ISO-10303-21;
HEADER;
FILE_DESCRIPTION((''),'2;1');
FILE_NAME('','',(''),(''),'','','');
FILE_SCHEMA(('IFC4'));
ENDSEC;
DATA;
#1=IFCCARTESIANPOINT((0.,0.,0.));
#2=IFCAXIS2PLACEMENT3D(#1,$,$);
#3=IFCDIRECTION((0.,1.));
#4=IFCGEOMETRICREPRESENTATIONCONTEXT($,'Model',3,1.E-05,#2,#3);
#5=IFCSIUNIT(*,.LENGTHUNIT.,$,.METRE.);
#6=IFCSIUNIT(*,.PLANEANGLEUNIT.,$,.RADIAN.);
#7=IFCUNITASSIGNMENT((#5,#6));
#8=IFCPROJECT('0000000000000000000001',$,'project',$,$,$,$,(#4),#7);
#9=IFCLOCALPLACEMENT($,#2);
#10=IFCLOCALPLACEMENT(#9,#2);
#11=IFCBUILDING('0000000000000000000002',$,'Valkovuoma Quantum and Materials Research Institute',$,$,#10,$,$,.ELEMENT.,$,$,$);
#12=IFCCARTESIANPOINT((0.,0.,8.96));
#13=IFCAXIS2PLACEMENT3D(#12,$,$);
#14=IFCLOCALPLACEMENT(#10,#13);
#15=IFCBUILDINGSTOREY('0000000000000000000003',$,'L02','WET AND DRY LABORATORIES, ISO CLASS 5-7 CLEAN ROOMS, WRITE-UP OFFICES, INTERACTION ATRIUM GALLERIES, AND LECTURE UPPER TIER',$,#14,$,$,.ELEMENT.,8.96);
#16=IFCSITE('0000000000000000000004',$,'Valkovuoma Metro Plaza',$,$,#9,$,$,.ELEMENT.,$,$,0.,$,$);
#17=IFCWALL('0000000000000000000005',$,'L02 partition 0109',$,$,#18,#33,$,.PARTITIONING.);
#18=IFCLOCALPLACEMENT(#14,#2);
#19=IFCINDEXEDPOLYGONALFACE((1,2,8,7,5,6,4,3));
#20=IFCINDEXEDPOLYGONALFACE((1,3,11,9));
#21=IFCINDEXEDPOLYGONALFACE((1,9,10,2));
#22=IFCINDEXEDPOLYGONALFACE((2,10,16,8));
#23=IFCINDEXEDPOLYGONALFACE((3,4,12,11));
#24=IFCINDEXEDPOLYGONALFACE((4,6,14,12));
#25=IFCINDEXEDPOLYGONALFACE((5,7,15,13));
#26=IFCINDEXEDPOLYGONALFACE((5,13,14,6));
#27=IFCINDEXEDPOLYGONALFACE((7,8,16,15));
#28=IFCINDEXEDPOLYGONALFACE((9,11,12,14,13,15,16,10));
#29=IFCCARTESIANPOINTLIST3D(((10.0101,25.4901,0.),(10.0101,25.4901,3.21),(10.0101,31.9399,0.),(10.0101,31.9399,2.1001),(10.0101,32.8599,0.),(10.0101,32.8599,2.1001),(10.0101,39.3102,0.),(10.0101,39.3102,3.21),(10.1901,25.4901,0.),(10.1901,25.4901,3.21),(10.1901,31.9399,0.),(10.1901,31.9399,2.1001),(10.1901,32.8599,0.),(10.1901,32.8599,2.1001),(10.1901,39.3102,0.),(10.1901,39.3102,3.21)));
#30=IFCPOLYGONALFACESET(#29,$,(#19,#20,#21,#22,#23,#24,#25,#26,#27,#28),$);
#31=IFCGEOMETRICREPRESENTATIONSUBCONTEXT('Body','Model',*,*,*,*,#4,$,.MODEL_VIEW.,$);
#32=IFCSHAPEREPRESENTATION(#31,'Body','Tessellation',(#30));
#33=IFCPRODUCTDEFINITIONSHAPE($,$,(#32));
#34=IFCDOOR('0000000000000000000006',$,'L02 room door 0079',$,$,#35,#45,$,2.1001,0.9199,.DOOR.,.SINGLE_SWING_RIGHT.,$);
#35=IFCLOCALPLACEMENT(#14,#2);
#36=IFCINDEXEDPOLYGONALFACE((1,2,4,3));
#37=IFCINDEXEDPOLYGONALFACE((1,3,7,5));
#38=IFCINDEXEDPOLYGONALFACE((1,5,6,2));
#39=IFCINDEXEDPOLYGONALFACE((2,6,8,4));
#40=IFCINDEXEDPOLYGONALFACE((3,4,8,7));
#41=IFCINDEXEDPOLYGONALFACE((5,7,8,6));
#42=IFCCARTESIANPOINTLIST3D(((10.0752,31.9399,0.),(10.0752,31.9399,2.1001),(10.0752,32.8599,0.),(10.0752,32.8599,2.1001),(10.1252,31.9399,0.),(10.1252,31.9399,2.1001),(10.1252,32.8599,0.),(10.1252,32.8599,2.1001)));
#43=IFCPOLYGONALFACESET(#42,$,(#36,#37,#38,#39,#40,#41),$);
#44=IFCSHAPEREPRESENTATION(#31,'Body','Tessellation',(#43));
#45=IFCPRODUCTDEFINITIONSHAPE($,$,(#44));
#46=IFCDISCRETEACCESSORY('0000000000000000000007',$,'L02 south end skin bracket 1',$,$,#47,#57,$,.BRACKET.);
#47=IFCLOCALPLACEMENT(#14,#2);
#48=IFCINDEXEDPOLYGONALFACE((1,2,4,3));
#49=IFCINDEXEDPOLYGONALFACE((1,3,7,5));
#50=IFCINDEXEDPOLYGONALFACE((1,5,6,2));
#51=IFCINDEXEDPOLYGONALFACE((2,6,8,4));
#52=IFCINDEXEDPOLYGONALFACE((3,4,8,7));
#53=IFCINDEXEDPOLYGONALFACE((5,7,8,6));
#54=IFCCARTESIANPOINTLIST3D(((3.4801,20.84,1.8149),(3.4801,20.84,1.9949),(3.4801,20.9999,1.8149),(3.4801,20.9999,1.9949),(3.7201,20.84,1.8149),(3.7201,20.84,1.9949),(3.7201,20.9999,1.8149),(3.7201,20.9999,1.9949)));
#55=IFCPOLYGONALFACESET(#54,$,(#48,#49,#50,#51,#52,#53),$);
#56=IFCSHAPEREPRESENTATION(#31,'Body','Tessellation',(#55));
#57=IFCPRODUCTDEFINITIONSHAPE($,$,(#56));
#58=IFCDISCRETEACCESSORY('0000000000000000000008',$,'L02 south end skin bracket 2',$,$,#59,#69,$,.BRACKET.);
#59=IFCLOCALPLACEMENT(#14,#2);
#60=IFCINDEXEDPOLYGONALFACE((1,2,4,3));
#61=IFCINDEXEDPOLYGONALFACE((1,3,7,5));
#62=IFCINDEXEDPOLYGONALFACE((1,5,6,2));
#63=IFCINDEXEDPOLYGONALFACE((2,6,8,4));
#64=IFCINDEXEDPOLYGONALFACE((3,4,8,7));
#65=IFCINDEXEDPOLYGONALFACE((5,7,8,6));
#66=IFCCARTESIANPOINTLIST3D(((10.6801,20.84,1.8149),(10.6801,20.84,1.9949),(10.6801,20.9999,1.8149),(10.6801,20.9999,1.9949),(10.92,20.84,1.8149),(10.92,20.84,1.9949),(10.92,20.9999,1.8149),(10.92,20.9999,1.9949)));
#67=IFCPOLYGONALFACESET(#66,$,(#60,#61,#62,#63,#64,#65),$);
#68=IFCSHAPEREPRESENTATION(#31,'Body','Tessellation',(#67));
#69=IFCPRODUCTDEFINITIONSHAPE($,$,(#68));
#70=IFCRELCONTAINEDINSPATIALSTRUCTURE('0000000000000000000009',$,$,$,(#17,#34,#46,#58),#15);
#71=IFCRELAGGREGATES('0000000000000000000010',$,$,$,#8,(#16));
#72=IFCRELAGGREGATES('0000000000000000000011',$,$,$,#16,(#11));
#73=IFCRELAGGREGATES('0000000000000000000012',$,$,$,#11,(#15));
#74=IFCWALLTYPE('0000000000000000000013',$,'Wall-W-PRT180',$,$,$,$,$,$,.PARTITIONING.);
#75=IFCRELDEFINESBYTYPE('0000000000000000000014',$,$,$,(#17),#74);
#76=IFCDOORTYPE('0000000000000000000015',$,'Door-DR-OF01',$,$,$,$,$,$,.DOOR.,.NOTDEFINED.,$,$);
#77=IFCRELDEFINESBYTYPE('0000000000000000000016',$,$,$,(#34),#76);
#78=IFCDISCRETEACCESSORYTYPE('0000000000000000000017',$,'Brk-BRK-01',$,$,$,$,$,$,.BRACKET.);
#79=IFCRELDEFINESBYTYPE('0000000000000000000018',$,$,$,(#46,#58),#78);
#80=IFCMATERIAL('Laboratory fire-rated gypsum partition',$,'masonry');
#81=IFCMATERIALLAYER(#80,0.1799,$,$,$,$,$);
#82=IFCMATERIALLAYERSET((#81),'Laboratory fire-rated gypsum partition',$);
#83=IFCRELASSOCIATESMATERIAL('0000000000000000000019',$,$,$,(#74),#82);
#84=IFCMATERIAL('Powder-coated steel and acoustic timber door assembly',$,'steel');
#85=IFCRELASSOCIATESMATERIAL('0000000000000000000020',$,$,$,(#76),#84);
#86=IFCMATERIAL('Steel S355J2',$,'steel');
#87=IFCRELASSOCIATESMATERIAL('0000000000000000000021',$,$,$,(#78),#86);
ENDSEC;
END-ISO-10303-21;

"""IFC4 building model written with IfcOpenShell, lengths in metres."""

from ifc_helpers import new_model, si_unit, direction, frame, frame_2d, origin, origin_2d, place, context, subcontext, project, spatial, rectangle, extrude, material, layer, layer_set, type_object, element, fill, save


model = new_model("IFC4")

# Units and contexts
model_context = context("Model", 3, precision=1e-05, world=origin(), true_north=direction((0.0, 1.0)))
body_context = subcontext(model_context, "Body", "Model", "MODEL_VIEW")
ifc_project = project(units=[si_unit("LENGTHUNIT", "METRE"), si_unit("PLANEANGLEUNIT", "RADIAN")], contexts=[model_context])

# Site, building, storey
site_placement = place(None, origin())
site = spatial("IfcSite", under=ifc_project, at=site_placement, Name="Valkovuoma Metro Plaza", CompositionType="ELEMENT", RefElevation=0.0)
building_placement = place(site_placement, origin())
building = spatial("IfcBuilding", under=site, at=building_placement, Name="Valkovuoma Quantum and Materials Research Institute", CompositionType="ELEMENT")
storey_placement = place(building_placement, frame((0.0, 0.0, 8.96)))
storey = spatial("IfcBuildingStorey", under=building, at=storey_placement, Name="L02", Description="WET AND DRY LABORATORIES, ISO CLASS 5-7 CLEAN ROOMS, WRITE-UP OFFICES, INTERACTION ATRIUM GALLERIES, AND LECTURE UPPER TIER", CompositionType="ELEMENT", Elevation=8.96)

# Wall, opening, door
ifc_material_1 = material(Name="Laboratory fire-rated gypsum partition", Category="masonry")
ifc_layer_1 = layer(ifc_material_1, 0.1799)
ifc_layer_set_1 = layer_set([ifc_layer_1], Name="Laboratory fire-rated gypsum partition")
wall_type = type_object("IfcWallType", Name="Wall-W-PRT180", PredefinedType="PARTITIONING", material=ifc_layer_set_1)
wall_1_placement = place(storey_placement, frame((10.1001, 25.49, 0.0), z_axis=(0.0, 0.0, 1.0), x_axis=(0.0, 1.0, 0.0)))
wall_1 = element("IfcWall", 1, at=wall_1_placement, inside=storey, type_object=wall_type, Name="L02 partition 0109", PredefinedType="PARTITIONING", context=body_context, shape_type="SweptSolid", body=[
    extrude(rectangle(XDim=13.8201, YDim=0.1799, at=frame_2d((6.9102, 0.0))), origin(), (0.0, 0.0, 1.0), 3.21),
])
opening_1_placement = place(wall_1_placement, frame((6.45, 0.0, 0.0)))
opening_1 = element("IfcOpeningElement", 2, at=opening_1_placement, cuts=wall_1, PredefinedType="OPENING", context=body_context, shape_type="SweptSolid", body=[
    extrude(rectangle(XDim=0.9199, YDim=2.1001, at=frame_2d((0.46, 1.05))), frame((0.0, 0.1001, 0.0), z_axis=(0.0, -1.0, 0.0), x_axis=(1.0, 0.0, 0.0)), (0.0, 0.0, 1.0), 0.2),
])
ifc_material_2 = material(Name="Powder-coated steel and acoustic timber door assembly", Category="steel")
door_type_1 = type_object("IfcDoorType", Name="Door-DR-OF01", OperationType="NOTDEFINED", PredefinedType="DOOR", material=ifc_material_2)
door_1_placement = place(opening_1_placement, origin())
door_1 = element("IfcDoor", 3, at=door_1_placement, inside=storey, type_object=door_type_1, Name="L02 room door 0079", OperationType="SINGLE_SWING_RIGHT", OverallHeight=2.1001, OverallWidth=0.9199, PredefinedType="DOOR", context=body_context, shape_type="SweptSolid", body=[
    extrude(rectangle(XDim=0.9199, YDim=2.1001, at=frame_2d((0.46, 1.05))), frame((0.0, 0.0249, 0.0), z_axis=(0.0, -1.0, 0.0), x_axis=(1.0, 0.0, 0.0)), (0.0, 0.0, 1.0), 0.05),
])
fill(opening_1, door_1)

# Discrete accessories
ifc_material_3 = material(Name="Steel S355J2", Category="steel")
discrete_accessory_type = type_object("IfcDiscreteAccessoryType", Name="Brk-BRK-01", PredefinedType="BRACKET", material=ifc_material_3)
for number, where, z_axis, x_axis, name in (
    (4, (3.6001, 20.9199, 1.8149), (0.0, 0.0, 1.0), (0.0, 1.0, 0.0), "L02 south end skin bracket 1"),
    (5, (10.8, 20.9199, 1.8149), (0.0, 0.0, 1.0), (0.0, 1.0, 0.0), "L02 south end skin bracket 2"),
):
    element("IfcDiscreteAccessory", number, at=place(storey_placement, frame(where, z_axis=z_axis, x_axis=x_axis)), inside=storey, type_object=discrete_accessory_type, Name=name, PredefinedType="BRACKET", context=body_context, shape_type="SweptSolid", body=[
        extrude(rectangle(XDim=0.1599, YDim=0.24, at=origin_2d()), origin(), (0.0, 0.0, 1.0), 0.1799),
    ])

save(model, "model.ifc")
